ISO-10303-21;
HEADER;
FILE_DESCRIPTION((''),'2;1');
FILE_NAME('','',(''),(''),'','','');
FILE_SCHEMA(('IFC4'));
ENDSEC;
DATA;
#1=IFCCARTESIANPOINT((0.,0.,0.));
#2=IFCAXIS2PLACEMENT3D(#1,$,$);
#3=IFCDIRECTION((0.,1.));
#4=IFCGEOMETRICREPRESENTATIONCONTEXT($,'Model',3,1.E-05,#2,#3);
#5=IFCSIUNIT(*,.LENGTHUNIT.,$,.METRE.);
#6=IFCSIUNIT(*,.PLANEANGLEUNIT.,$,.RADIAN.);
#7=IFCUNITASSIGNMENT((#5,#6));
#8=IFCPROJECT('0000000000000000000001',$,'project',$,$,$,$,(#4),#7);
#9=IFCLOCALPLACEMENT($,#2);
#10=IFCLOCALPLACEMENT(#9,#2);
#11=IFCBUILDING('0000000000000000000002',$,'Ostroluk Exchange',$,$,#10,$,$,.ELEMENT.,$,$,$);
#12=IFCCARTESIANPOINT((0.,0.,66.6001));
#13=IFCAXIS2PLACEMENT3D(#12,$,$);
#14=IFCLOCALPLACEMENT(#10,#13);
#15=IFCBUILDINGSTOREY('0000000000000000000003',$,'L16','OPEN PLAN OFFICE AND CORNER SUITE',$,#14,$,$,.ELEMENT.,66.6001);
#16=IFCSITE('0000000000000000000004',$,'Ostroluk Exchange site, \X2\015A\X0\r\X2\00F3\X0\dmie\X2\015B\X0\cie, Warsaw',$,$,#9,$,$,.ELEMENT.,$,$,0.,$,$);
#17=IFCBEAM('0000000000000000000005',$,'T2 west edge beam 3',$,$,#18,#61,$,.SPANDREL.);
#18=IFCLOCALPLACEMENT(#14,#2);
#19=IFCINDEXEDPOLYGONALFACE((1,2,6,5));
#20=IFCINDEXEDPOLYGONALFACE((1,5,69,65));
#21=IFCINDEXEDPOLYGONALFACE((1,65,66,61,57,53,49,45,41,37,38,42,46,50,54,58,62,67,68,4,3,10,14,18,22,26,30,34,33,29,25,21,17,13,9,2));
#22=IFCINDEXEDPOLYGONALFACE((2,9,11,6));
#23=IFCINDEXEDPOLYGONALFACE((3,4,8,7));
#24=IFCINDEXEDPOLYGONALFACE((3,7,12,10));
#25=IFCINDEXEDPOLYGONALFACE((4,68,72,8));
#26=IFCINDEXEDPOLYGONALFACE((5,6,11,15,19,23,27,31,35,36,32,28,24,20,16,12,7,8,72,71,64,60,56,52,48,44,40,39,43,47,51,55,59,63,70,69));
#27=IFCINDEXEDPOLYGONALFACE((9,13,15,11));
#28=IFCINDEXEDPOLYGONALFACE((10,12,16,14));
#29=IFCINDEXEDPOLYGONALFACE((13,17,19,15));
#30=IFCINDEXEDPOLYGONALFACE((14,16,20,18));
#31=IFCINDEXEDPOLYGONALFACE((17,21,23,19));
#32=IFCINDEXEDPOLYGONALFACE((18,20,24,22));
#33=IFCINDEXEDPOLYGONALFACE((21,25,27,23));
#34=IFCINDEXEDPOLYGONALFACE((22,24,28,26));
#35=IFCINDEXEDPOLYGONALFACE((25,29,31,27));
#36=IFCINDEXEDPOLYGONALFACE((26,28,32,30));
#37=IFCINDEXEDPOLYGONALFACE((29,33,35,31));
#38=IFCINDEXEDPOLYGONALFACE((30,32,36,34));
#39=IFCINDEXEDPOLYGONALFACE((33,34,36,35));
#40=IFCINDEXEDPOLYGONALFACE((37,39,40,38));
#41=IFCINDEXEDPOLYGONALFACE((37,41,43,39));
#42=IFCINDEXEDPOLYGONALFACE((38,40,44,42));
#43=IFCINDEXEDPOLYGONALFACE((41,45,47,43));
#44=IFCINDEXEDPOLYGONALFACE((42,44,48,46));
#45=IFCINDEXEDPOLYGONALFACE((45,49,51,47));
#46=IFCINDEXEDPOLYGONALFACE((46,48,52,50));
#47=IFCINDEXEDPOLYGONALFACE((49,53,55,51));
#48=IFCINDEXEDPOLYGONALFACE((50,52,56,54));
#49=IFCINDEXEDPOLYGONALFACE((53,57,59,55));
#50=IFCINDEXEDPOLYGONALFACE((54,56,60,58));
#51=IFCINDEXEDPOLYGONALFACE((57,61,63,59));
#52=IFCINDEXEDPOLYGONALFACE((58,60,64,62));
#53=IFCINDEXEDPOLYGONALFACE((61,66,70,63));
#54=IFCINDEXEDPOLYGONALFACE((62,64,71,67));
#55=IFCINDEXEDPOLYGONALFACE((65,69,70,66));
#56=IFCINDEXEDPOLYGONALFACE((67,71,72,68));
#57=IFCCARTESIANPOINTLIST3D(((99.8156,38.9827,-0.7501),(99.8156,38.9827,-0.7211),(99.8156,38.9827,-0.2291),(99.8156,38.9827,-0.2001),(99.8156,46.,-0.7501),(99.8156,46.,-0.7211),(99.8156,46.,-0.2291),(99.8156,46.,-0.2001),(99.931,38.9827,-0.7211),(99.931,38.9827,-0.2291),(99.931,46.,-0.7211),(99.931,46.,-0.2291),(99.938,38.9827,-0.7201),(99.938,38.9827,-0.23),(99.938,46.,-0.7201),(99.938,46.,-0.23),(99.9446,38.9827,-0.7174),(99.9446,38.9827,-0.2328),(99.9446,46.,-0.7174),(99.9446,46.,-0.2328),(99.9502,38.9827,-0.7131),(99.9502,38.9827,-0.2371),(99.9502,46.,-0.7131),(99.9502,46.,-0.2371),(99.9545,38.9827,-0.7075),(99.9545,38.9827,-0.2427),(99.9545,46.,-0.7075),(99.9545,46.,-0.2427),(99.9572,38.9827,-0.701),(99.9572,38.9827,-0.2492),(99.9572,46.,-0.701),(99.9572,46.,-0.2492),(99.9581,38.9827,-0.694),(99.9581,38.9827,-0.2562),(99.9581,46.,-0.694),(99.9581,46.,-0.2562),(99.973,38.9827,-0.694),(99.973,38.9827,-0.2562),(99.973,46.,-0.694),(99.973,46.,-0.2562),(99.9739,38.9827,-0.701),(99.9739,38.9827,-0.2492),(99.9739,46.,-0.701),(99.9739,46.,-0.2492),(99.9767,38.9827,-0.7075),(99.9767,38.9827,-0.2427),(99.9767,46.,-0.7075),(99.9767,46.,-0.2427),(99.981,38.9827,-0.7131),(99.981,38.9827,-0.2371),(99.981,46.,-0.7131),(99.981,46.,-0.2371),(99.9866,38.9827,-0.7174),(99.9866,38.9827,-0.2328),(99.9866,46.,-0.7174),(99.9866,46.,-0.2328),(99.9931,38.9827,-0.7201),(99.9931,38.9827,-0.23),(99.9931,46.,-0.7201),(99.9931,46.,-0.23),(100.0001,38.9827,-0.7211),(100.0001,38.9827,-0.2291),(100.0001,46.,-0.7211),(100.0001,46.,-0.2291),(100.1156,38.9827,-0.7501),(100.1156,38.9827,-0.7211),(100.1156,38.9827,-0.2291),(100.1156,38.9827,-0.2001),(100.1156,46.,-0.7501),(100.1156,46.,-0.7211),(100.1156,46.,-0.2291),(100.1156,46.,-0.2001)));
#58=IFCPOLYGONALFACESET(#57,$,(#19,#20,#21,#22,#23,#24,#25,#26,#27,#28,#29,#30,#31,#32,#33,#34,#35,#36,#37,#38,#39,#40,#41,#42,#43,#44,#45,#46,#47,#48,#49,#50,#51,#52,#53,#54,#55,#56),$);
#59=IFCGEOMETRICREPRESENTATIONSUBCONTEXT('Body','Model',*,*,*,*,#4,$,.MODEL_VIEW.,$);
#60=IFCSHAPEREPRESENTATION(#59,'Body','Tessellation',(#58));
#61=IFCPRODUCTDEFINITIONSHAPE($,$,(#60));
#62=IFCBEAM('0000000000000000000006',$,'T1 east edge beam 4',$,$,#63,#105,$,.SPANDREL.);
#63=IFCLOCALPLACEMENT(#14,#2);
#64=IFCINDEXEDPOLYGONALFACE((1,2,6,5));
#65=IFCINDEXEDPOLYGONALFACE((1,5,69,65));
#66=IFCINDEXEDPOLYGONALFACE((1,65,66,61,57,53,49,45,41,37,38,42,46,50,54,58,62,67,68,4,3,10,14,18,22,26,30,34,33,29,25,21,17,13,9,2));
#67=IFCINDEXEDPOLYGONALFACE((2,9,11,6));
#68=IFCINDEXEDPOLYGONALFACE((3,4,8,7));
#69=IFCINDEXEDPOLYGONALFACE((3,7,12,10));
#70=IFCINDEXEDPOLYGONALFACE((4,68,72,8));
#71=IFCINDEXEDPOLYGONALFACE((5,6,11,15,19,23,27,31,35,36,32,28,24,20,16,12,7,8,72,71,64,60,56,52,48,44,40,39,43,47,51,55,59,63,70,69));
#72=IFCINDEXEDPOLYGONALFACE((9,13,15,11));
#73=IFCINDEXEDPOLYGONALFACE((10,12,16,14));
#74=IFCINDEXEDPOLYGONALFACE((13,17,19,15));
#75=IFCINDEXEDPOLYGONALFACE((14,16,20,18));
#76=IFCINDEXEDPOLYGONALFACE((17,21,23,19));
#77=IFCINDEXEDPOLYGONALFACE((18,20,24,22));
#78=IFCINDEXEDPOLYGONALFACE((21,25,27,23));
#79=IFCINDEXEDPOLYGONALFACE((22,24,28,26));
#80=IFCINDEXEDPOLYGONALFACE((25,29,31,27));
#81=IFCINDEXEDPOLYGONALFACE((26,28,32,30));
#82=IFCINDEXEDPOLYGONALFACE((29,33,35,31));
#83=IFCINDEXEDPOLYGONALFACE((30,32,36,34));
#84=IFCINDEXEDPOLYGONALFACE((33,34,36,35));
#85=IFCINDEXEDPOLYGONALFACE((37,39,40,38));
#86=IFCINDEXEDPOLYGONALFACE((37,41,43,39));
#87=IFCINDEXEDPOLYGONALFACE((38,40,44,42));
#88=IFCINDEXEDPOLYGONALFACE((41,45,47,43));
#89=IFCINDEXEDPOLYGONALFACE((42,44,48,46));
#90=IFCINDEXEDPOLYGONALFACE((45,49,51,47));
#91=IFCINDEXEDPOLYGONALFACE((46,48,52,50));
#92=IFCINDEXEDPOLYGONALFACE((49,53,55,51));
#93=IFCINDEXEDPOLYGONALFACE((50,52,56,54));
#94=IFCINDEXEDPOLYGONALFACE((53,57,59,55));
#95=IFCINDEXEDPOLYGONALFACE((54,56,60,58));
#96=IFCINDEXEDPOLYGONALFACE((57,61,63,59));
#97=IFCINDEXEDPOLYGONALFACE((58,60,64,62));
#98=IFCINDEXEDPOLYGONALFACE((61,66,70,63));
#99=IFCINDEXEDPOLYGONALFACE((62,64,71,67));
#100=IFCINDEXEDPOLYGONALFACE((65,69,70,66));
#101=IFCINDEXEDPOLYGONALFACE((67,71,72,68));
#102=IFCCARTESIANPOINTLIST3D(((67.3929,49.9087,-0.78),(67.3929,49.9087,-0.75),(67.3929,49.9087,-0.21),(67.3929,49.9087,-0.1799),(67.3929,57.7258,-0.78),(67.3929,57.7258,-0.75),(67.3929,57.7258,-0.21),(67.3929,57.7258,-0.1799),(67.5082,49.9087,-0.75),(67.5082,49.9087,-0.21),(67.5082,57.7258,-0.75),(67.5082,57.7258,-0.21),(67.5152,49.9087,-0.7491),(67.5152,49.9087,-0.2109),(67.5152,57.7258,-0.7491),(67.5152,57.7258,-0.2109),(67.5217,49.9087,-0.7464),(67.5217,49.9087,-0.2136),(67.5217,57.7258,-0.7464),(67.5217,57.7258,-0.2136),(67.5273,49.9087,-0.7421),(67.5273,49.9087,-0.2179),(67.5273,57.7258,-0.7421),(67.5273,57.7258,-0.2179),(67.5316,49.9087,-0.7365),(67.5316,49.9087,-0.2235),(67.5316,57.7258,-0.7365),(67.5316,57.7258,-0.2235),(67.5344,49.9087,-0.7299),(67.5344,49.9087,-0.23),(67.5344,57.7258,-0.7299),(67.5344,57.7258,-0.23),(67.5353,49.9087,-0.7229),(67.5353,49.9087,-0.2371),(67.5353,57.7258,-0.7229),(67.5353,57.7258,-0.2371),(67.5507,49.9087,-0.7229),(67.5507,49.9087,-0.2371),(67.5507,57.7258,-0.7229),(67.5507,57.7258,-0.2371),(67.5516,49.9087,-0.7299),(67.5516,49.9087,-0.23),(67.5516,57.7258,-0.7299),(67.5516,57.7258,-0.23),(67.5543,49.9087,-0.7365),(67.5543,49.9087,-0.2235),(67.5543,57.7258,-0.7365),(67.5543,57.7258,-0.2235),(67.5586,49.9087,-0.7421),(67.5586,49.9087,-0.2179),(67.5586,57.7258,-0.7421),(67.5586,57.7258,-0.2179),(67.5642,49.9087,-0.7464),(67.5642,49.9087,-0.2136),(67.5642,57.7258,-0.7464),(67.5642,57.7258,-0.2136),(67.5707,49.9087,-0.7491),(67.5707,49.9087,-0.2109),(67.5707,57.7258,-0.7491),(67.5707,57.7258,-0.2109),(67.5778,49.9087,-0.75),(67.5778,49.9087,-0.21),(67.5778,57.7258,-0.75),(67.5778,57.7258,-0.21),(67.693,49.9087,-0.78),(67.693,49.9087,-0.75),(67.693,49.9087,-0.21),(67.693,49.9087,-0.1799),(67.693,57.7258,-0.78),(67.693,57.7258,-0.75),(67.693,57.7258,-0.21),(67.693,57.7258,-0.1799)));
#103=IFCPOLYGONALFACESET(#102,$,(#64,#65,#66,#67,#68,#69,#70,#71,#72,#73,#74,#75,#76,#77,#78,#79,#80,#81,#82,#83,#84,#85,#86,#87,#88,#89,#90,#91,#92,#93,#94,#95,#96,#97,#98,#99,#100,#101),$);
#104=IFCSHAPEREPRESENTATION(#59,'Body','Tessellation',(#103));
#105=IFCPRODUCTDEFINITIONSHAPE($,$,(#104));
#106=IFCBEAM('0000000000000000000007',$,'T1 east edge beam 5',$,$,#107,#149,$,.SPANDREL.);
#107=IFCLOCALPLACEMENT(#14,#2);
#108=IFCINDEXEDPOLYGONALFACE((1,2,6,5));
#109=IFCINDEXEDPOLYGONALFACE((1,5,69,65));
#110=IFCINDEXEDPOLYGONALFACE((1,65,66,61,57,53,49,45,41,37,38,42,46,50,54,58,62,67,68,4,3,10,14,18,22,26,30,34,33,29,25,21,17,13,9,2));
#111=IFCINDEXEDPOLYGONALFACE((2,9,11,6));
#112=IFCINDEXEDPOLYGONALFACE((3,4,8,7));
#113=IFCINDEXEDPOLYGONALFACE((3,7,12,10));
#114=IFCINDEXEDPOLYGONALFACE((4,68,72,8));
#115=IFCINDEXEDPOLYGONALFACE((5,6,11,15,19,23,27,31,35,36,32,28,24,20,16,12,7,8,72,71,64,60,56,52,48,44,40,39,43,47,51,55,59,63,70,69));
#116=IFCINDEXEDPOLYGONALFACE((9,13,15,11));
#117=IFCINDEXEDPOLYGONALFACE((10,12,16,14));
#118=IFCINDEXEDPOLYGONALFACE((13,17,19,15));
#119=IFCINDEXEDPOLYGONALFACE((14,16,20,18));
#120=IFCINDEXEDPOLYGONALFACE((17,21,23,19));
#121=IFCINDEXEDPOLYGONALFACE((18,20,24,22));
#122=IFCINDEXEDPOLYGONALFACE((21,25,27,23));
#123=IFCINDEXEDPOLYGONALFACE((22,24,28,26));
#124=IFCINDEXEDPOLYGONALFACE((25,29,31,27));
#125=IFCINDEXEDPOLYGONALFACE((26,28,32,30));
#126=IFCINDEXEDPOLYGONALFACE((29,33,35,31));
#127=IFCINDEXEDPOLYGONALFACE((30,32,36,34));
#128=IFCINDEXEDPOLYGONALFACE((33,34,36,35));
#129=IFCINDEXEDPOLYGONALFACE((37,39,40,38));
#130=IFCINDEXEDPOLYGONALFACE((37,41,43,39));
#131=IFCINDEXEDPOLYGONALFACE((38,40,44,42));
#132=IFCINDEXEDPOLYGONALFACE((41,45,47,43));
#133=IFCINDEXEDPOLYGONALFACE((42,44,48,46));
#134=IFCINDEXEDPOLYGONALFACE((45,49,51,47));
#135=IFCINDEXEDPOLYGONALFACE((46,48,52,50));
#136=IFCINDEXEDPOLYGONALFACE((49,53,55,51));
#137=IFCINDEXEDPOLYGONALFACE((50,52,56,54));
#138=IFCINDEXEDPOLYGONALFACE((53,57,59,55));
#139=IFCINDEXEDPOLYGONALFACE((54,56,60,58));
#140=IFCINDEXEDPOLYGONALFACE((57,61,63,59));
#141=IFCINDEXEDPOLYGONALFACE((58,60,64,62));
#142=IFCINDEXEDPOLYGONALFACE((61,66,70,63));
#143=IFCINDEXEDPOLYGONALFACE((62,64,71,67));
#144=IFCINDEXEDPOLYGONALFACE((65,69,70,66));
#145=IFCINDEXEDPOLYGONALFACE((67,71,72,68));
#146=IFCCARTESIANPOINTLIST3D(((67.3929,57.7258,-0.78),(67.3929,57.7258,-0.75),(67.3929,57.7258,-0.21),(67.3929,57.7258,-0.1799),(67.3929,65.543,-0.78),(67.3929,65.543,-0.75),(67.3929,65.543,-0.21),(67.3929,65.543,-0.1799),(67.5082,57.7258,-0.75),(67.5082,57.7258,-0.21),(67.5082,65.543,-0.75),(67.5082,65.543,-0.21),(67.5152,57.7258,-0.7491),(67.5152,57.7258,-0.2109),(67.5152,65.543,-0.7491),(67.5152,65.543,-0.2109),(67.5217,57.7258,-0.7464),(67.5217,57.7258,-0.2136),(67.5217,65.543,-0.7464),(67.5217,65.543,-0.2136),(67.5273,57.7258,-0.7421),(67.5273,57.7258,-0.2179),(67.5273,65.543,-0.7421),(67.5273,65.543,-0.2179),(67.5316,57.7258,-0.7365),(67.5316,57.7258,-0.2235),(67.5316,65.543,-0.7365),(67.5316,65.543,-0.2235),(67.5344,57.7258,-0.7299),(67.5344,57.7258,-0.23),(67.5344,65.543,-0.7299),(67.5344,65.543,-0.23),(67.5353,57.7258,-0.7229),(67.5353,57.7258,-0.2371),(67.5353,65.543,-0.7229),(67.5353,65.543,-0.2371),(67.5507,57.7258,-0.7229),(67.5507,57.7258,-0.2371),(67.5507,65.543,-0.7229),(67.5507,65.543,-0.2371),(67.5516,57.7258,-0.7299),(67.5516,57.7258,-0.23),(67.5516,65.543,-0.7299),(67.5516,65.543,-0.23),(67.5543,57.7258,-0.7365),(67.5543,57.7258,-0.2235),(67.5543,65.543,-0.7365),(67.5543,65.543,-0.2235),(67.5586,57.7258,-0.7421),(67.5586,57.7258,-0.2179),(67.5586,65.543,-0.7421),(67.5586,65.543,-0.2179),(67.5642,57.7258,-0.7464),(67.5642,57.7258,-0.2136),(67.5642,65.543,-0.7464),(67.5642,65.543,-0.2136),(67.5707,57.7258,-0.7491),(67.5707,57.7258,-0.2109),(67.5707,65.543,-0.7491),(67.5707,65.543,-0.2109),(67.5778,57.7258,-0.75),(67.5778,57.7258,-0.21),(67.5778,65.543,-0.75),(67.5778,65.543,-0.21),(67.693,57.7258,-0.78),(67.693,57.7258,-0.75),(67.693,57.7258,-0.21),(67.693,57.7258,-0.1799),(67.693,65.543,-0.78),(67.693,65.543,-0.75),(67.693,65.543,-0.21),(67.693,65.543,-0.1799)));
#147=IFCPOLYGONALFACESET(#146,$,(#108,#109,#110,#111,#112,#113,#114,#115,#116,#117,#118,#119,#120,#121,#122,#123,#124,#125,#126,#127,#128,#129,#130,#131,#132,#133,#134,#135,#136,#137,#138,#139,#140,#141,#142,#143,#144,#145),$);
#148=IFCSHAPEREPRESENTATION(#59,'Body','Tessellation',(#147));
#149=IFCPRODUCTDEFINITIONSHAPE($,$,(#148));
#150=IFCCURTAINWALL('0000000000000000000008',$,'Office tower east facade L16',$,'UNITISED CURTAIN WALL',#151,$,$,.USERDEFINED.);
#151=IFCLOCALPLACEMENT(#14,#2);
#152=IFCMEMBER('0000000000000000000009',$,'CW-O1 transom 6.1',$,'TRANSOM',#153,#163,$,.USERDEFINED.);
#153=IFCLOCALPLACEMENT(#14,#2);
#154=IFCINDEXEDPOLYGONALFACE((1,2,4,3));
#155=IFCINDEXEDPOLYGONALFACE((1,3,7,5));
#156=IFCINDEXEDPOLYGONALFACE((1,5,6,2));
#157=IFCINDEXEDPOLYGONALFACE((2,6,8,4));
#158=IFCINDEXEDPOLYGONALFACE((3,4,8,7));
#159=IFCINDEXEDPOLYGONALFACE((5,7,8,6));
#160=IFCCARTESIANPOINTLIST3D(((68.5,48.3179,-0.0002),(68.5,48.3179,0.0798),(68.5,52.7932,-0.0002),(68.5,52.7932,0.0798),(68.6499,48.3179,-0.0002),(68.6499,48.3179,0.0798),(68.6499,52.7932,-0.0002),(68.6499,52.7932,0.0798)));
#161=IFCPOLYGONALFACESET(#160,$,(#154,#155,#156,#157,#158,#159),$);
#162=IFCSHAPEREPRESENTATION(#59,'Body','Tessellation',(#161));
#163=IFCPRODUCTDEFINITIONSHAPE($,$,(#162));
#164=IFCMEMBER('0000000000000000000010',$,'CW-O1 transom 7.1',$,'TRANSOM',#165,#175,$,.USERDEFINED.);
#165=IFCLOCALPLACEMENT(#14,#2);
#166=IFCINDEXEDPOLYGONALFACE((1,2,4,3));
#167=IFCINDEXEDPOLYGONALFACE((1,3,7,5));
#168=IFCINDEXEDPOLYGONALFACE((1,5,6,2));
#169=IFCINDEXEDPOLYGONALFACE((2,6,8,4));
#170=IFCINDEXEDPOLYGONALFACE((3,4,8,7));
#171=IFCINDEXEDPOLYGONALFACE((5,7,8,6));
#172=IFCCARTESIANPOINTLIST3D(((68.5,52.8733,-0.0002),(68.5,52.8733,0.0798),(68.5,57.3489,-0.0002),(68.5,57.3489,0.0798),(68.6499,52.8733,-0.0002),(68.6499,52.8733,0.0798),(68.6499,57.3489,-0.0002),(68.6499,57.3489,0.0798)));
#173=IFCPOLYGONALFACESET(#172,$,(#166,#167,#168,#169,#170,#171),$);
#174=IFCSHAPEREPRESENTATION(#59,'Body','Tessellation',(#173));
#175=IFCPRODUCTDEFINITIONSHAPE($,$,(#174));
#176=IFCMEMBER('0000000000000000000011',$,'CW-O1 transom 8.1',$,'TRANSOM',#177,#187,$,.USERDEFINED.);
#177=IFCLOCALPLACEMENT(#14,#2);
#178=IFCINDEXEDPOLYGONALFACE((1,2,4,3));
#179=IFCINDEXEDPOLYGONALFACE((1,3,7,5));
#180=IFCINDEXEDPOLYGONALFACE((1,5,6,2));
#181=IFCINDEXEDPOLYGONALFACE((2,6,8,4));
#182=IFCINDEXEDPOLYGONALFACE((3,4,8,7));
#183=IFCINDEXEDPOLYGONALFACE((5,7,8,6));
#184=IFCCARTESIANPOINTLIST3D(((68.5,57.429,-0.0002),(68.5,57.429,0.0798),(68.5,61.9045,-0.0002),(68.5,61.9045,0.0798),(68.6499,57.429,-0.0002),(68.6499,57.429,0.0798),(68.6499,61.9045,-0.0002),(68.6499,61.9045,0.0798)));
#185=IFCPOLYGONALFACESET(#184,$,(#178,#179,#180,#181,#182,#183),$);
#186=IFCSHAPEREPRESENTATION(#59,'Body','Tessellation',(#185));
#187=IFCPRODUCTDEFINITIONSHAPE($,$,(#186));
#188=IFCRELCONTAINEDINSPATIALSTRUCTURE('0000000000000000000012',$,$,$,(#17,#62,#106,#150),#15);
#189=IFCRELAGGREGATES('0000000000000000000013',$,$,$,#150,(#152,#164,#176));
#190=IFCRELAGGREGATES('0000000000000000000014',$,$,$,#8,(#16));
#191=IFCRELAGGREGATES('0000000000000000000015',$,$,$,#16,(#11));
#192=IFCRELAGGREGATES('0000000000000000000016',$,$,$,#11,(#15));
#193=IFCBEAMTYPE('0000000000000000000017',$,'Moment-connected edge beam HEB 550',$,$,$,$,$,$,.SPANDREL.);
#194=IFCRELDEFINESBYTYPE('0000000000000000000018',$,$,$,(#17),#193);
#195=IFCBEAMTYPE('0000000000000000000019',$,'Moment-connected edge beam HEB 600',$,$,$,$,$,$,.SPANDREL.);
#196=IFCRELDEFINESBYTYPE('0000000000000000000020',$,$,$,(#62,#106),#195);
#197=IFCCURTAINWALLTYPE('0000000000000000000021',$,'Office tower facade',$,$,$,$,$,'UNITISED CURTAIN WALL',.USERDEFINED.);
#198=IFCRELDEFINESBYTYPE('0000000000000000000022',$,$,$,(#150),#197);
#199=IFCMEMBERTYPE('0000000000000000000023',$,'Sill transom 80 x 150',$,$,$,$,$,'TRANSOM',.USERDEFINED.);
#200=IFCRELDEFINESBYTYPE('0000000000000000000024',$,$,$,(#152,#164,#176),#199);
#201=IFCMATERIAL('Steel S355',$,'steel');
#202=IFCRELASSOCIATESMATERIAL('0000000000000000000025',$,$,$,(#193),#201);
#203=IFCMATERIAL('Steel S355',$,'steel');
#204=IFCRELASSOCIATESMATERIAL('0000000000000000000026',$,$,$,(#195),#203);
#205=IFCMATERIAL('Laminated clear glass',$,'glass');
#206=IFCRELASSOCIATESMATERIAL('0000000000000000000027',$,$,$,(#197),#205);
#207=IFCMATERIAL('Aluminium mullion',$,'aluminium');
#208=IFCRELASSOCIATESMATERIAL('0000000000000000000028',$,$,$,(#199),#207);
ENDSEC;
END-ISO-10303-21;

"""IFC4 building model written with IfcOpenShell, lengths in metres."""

from ifc_helpers import new_model, si_unit, direction, frame, origin, origin_2d, place, context, subcontext, project, spatial, rectangle, i_section, extrude, material, material_profile, profile_set, type_object, element, aggregate, save


model = new_model("IFC4")

# Units and contexts
model_context = context("Model", 3, precision=1e-05, world=origin(), true_north=direction((0.0, 1.0)))
body_context = subcontext(model_context, "Body", "Model", "MODEL_VIEW")
ifc_project = project(units=[si_unit("LENGTHUNIT", "METRE"), si_unit("PLANEANGLEUNIT", "RADIAN")], contexts=[model_context])

# Site, building, storey
site_placement = place(None, origin())
site = spatial("IfcSite", under=ifc_project, at=site_placement, Name="Ostroluk Exchange site, Śródmieście, Warsaw", CompositionType="ELEMENT", RefElevation=0.0)
building_placement = place(site_placement, origin())
building = spatial("IfcBuilding", under=site, at=building_placement, Name="Ostroluk Exchange", CompositionType="ELEMENT")
storey_placement = place(building_placement, frame((0.0, 0.0, 66.6001)))
storey = spatial("IfcBuildingStorey", under=building, at=storey_placement, Name="L16", Description="OPEN PLAN OFFICE AND CORNER SUITE", CompositionType="ELEMENT", Elevation=66.6001)

# Beams
ifc_material_1 = material(Name="Steel S355", Category="steel")
ifc_material_profile_1 = material_profile(ifc_material_1, i_section(OverallWidth=0.3, OverallDepth=0.55, WebThickness=0.0149, FlangeThickness=0.0291, FilletRadius=0.0271, at=origin_2d()), Name="HEB 550")
ifc_profile_set_1 = profile_set([ifc_material_profile_1], Name="Steel S355")
beam_type_1 = type_object("IfcBeamType", Name="Moment-connected edge beam HEB 550", PredefinedType="SPANDREL", material=ifc_profile_set_1)
for number, where, z_axis, x_axis, name in (
    (1, (99.9656, 46.0, -0.4751), (0.0, -1.0, 0.0), (1.0, 0.0, 0.0), "T2 west edge beam 3"),
):
    element("IfcBeam", number, at=place(storey_placement, frame(where, z_axis=z_axis, x_axis=x_axis)), inside=storey, type_object=beam_type_1, Name=name, PredefinedType="SPANDREL", context=body_context, shape_type="SweptSolid", body=[
        extrude(i_section(OverallWidth=0.3, OverallDepth=0.55, WebThickness=0.0149, FlangeThickness=0.0291, FilletRadius=0.0271, at=origin_2d()), origin(), (0.0, 0.0, 1.0), 7.0173),
    ])
ifc_material_2 = material(Name="Steel S355", Category="steel")
ifc_material_profile_2 = material_profile(ifc_material_2, i_section(OverallWidth=0.3, OverallDepth=0.6001, WebThickness=0.0154, FlangeThickness=0.03, FilletRadius=0.0271, at=origin_2d()), Name="HEB 600")
ifc_profile_set_2 = profile_set([ifc_material_profile_2], Name="Steel S355")
beam_type_2 = type_object("IfcBeamType", Name="Moment-connected edge beam HEB 600", PredefinedType="SPANDREL", material=ifc_profile_set_2)
for number, where, z_axis, x_axis, name in (
    (2, (67.543, 49.9087, -0.48), (0.0, 1.0, 0.0), (-1.0, 0.0, 0.0), "T1 east edge beam 4"),
    (3, (67.543, 57.7258, -0.48), (0.0, 1.0, 0.0), (-1.0, 0.0, 0.0), "T1 east edge beam 5"),
):
    element("IfcBeam", number, at=place(storey_placement, frame(where, z_axis=z_axis, x_axis=x_axis)), inside=storey, type_object=beam_type_2, Name=name, PredefinedType="SPANDREL", context=body_context, shape_type="SweptSolid", body=[
        extrude(i_section(OverallWidth=0.3, OverallDepth=0.6001, WebThickness=0.0154, FlangeThickness=0.03, FilletRadius=0.0271, at=origin_2d()), origin(), (0.0, 0.0, 1.0), 7.8171),
    ])

# Curtain wall, members
ifc_material_3 = material(Name="Laminated clear glass", Category="glass")
curtain_wall_type_1 = type_object("IfcCurtainWallType", Name="Office tower facade", ElementType="UNITISED CURTAIN WALL", PredefinedType="USERDEFINED", material=ifc_material_3)
curtain_wall_1_placement = place(storey_placement, origin())
curtain_wall_1 = element("IfcCurtainWall", 4, at=curtain_wall_1_placement, inside=storey, type_object=curtain_wall_type_1, Name="Office tower east facade L16", ObjectType="UNITISED CURTAIN WALL", PredefinedType="USERDEFINED")
ifc_material_4 = material(Name="Aluminium mullion", Category="aluminium")
ifc_material_profile_3 = material_profile(ifc_material_4, rectangle(XDim=0.1499, YDim=0.0801, at=origin_2d()), Name="Sill transom 80 x 150")
ifc_profile_set_3 = profile_set([ifc_material_profile_3], Name="Aluminium mullion")
member_type_1 = type_object("IfcMemberType", Name="Sill transom 80 x 150", ElementType="TRANSOM", PredefinedType="USERDEFINED", material=ifc_profile_set_3)
member_1_placement = place(storey_placement, frame((68.575, 48.3179, 0.0398), z_axis=(0.0, 1.0, 0.0), x_axis=(-1.0, 0.0, 0.0)))
member_1 = element("IfcMember", 5, at=member_1_placement, type_object=member_type_1, Name="CW-O1 transom 6.1", ObjectType="TRANSOM", PredefinedType="USERDEFINED", context=body_context, shape_type="SweptSolid", body=[
    extrude(rectangle(XDim=0.1499, YDim=0.0801, at=origin_2d()), origin(), (0.0, 0.0, 1.0), 4.4753),
])
member_2_placement = place(storey_placement, frame((68.575, 52.8733, 0.0398), z_axis=(0.0, 1.0, 0.0), x_axis=(-1.0, 0.0, 0.0)))
member_2 = element("IfcMember", 6, at=member_2_placement, type_object=member_type_1, Name="CW-O1 transom 7.1", ObjectType="TRANSOM", PredefinedType="USERDEFINED", context=body_context, shape_type="SweptSolid", body=[
    extrude(rectangle(XDim=0.1499, YDim=0.0801, at=origin_2d()), origin(), (0.0, 0.0, 1.0), 4.4756),
])
member_3_placement = place(storey_placement, frame((68.575, 57.429, 0.0398), z_axis=(0.0, 1.0, 0.0), x_axis=(-1.0, 0.0, 0.0)))
member_3 = element("IfcMember", 7, at=member_3_placement, type_object=member_type_1, Name="CW-O1 transom 8.1", ObjectType="TRANSOM", PredefinedType="USERDEFINED", context=body_context, shape_type="SweptSolid", body=[
    extrude(rectangle(XDim=0.1499, YDim=0.0801, at=origin_2d()), origin(), (0.0, 0.0, 1.0), 4.4756),
])

aggregate(curtain_wall_1, [member_1, member_2, member_3])

save(model, "model.ifc")
